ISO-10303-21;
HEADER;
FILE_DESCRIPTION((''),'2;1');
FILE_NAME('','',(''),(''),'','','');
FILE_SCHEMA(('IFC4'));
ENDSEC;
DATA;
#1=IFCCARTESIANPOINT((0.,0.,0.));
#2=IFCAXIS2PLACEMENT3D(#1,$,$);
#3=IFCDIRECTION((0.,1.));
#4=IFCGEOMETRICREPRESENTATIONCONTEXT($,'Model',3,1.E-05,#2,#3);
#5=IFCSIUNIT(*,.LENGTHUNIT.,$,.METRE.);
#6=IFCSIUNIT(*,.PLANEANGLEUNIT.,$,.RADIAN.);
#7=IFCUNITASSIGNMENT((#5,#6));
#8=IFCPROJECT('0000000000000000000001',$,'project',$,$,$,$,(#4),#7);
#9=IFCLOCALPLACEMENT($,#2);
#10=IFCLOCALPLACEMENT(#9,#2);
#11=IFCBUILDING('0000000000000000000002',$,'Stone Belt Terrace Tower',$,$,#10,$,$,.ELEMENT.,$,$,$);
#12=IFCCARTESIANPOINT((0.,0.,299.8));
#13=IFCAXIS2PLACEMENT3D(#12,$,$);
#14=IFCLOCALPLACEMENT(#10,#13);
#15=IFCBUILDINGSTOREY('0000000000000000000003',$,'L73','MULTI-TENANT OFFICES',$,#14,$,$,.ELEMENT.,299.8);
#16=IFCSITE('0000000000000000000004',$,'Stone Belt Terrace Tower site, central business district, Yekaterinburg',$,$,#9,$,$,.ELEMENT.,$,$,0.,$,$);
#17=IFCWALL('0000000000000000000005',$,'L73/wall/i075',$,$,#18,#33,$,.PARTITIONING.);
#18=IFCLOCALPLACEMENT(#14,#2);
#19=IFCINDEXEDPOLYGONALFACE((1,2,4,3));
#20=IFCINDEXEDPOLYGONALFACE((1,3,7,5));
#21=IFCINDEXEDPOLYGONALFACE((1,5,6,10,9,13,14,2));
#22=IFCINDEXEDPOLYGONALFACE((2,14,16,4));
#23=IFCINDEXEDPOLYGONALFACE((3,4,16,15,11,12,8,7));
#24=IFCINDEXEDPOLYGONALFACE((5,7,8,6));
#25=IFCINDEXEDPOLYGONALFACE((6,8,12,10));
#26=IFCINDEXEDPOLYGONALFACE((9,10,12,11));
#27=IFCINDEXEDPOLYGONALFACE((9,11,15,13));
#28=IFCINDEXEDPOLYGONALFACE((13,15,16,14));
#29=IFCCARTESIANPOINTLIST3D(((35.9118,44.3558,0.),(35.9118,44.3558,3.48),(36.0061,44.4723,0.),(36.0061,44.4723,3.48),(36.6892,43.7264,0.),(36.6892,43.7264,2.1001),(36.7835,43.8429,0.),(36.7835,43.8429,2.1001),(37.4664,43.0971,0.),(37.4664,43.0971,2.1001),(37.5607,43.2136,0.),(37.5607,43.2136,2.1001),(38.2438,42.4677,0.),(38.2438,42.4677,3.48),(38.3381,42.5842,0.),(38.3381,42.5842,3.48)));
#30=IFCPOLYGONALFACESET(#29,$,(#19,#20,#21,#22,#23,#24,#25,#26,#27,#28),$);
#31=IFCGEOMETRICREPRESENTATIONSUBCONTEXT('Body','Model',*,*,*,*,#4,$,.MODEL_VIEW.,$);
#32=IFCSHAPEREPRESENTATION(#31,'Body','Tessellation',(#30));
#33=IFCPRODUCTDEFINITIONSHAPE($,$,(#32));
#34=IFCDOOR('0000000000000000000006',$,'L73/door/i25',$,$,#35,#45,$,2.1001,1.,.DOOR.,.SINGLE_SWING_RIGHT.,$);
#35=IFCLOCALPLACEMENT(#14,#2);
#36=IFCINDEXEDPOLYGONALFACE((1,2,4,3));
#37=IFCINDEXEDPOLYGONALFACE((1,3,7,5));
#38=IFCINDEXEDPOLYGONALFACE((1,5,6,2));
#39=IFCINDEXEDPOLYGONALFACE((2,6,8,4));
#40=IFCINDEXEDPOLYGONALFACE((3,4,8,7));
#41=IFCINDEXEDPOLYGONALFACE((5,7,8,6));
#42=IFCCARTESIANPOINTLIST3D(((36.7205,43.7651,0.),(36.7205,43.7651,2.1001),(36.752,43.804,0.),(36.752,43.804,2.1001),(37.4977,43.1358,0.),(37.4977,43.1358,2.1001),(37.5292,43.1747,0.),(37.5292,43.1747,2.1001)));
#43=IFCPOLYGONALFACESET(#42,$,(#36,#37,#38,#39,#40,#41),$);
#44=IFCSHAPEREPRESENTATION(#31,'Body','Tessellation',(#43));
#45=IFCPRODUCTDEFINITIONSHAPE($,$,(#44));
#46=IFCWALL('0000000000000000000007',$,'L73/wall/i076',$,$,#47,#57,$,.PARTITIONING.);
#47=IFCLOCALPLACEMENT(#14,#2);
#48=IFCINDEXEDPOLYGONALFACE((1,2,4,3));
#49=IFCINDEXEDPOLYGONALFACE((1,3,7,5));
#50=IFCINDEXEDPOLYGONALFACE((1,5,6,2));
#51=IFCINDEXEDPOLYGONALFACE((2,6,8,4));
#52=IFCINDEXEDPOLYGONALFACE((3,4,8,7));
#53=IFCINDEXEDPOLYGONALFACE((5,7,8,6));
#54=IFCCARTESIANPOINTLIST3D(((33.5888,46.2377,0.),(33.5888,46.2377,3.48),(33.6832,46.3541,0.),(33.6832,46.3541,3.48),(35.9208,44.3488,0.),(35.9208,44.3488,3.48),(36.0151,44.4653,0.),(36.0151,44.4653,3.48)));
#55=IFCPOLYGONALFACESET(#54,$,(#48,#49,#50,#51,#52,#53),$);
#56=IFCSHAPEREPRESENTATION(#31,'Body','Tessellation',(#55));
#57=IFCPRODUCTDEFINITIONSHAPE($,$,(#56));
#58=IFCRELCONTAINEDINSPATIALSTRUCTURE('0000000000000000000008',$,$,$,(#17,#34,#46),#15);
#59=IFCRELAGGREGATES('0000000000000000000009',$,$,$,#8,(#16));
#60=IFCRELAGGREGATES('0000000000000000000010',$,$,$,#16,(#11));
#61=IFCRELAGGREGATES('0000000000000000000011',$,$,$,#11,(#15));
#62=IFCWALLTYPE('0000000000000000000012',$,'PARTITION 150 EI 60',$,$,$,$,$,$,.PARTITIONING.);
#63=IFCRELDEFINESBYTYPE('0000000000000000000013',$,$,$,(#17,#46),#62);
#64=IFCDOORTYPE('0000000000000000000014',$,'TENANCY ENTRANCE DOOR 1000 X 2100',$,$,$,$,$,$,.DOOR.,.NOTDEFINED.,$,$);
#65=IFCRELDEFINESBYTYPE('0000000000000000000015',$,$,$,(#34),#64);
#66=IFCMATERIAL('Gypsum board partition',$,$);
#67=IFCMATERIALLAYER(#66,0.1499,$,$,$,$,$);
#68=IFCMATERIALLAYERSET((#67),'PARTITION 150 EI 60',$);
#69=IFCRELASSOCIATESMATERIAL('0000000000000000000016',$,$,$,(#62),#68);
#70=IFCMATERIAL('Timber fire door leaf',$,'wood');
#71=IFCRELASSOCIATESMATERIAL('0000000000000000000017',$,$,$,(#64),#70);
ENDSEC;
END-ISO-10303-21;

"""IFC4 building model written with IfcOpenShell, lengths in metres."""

from ifc_helpers import new_model, si_unit, direction, frame, frame_2d, origin, place, context, subcontext, project, spatial, rectangle, extrude, material, layer, layer_set, type_object, element, fill, save


model = new_model("IFC4")

# Units and contexts
model_context = context("Model", 3, precision=1e-05, world=origin(), true_north=direction((0.0, 1.0)))
body_context = subcontext(model_context, "Body", "Model", "MODEL_VIEW")
ifc_project = project(units=[si_unit("LENGTHUNIT", "METRE"), si_unit("PLANEANGLEUNIT", "RADIAN")], contexts=[model_context])

# Site, building, storey
site_placement = place(None, origin())
site = spatial("IfcSite", under=ifc_project, at=site_placement, Name="Stone Belt Terrace Tower site, central business district, Yekaterinburg", CompositionType="ELEMENT", RefElevation=0.0)
building_placement = place(site_placement, origin())
building = spatial("IfcBuilding", under=site, at=building_placement, Name="Stone Belt Terrace Tower", CompositionType="ELEMENT")
storey_placement = place(building_placement, frame((0.0, 0.0, 299.8)))
storey = spatial("IfcBuildingStorey", under=building, at=storey_placement, Name="L73", Description="MULTI-TENANT OFFICES", CompositionType="ELEMENT", Elevation=299.8)

# Shared definitions
ifc_material_1 = material(Name="Gypsum board partition")

# Shared definitions
ifc_layer_1 = layer(ifc_material_1, 0.1499)
ifc_layer_set_1 = layer_set([ifc_layer_1], Name="PARTITION 150 EI 60")
wall_type_1 = type_object("IfcWallType", Name="PARTITION 150 EI 60", PredefinedType="PARTITIONING", material=ifc_layer_set_1)
ifc_material_2 = material(Name="Timber fire door leaf", Category="wood")
door_type_1 = type_object("IfcDoorType", Name="TENANCY ENTRANCE DOOR 1000 X 2100", OperationType="NOTDEFINED", PredefinedType="DOOR", material=ifc_material_2)

# Wall, opening, door
wall_1_placement = place(storey_placement, frame((35.959, 44.4141, 0.0), z_axis=(0.0, 0.0, 1.0), x_axis=(0.777188, -0.629268, 0.0)))
wall_1 = element("IfcWall", 1, at=wall_1_placement, inside=storey, type_object=wall_type_1, Name="L73/wall/i075", PredefinedType="PARTITIONING", context=body_context, shape_type="SweptSolid", body=[
    extrude(rectangle(XDim=3.0005, YDim=0.1499, at=frame_2d((1.5002, 0.0))), origin(), (0.0, 0.0, 1.0), 3.48),
])
opening_1_placement = place(wall_1_placement, frame((1.0002, 0.0, 0.0)))
opening_1 = element("IfcOpeningElement", 2, at=opening_1_placement, cuts=wall_1, PredefinedType="OPENING", context=body_context, shape_type="SweptSolid", body=[
    extrude(rectangle(XDim=1.0, YDim=2.1001, at=frame_2d((0.5, 1.05))), frame((0.0, 0.085, 0.0), z_axis=(0.0, -1.0, 0.0), x_axis=(1.0, 0.0, 0.0)), (0.0, 0.0, 1.0), 0.1699),
])
door_1_placement = place(opening_1_placement, origin())
door_1 = element("IfcDoor", 3, at=door_1_placement, inside=storey, type_object=door_type_1, Name="L73/door/i25", OperationType="SINGLE_SWING_RIGHT", OverallHeight=2.1001, OverallWidth=1.0, PredefinedType="DOOR", context=body_context, shape_type="SweptSolid", body=[
    extrude(rectangle(XDim=1.0, YDim=2.1001, at=frame_2d((0.5, 1.05))), frame((0.0, 0.0249, 0.0), z_axis=(0.0, -1.0, 0.0), x_axis=(1.0, 0.0, 0.0)), (0.0, 0.0, 1.0), 0.05),
])
fill(opening_1, door_1)

# Wall
wall_2_placement = place(storey_placement, frame((33.636, 46.2959, 0.0), z_axis=(0.0, 0.0, 1.0), x_axis=(0.777069, -0.629416, 0.0)))
element("IfcWall", 4, at=wall_2_placement, inside=storey, type_object=wall_type_1, Name="L73/wall/i076", PredefinedType="PARTITIONING", context=body_context, shape_type="SweptSolid", body=[
    extrude(rectangle(XDim=3.001, YDim=0.1499, at=frame_2d((1.5005, 0.0))), origin(), (0.0, 0.0, 1.0), 3.48),
])

save(model, "model.ifc")
